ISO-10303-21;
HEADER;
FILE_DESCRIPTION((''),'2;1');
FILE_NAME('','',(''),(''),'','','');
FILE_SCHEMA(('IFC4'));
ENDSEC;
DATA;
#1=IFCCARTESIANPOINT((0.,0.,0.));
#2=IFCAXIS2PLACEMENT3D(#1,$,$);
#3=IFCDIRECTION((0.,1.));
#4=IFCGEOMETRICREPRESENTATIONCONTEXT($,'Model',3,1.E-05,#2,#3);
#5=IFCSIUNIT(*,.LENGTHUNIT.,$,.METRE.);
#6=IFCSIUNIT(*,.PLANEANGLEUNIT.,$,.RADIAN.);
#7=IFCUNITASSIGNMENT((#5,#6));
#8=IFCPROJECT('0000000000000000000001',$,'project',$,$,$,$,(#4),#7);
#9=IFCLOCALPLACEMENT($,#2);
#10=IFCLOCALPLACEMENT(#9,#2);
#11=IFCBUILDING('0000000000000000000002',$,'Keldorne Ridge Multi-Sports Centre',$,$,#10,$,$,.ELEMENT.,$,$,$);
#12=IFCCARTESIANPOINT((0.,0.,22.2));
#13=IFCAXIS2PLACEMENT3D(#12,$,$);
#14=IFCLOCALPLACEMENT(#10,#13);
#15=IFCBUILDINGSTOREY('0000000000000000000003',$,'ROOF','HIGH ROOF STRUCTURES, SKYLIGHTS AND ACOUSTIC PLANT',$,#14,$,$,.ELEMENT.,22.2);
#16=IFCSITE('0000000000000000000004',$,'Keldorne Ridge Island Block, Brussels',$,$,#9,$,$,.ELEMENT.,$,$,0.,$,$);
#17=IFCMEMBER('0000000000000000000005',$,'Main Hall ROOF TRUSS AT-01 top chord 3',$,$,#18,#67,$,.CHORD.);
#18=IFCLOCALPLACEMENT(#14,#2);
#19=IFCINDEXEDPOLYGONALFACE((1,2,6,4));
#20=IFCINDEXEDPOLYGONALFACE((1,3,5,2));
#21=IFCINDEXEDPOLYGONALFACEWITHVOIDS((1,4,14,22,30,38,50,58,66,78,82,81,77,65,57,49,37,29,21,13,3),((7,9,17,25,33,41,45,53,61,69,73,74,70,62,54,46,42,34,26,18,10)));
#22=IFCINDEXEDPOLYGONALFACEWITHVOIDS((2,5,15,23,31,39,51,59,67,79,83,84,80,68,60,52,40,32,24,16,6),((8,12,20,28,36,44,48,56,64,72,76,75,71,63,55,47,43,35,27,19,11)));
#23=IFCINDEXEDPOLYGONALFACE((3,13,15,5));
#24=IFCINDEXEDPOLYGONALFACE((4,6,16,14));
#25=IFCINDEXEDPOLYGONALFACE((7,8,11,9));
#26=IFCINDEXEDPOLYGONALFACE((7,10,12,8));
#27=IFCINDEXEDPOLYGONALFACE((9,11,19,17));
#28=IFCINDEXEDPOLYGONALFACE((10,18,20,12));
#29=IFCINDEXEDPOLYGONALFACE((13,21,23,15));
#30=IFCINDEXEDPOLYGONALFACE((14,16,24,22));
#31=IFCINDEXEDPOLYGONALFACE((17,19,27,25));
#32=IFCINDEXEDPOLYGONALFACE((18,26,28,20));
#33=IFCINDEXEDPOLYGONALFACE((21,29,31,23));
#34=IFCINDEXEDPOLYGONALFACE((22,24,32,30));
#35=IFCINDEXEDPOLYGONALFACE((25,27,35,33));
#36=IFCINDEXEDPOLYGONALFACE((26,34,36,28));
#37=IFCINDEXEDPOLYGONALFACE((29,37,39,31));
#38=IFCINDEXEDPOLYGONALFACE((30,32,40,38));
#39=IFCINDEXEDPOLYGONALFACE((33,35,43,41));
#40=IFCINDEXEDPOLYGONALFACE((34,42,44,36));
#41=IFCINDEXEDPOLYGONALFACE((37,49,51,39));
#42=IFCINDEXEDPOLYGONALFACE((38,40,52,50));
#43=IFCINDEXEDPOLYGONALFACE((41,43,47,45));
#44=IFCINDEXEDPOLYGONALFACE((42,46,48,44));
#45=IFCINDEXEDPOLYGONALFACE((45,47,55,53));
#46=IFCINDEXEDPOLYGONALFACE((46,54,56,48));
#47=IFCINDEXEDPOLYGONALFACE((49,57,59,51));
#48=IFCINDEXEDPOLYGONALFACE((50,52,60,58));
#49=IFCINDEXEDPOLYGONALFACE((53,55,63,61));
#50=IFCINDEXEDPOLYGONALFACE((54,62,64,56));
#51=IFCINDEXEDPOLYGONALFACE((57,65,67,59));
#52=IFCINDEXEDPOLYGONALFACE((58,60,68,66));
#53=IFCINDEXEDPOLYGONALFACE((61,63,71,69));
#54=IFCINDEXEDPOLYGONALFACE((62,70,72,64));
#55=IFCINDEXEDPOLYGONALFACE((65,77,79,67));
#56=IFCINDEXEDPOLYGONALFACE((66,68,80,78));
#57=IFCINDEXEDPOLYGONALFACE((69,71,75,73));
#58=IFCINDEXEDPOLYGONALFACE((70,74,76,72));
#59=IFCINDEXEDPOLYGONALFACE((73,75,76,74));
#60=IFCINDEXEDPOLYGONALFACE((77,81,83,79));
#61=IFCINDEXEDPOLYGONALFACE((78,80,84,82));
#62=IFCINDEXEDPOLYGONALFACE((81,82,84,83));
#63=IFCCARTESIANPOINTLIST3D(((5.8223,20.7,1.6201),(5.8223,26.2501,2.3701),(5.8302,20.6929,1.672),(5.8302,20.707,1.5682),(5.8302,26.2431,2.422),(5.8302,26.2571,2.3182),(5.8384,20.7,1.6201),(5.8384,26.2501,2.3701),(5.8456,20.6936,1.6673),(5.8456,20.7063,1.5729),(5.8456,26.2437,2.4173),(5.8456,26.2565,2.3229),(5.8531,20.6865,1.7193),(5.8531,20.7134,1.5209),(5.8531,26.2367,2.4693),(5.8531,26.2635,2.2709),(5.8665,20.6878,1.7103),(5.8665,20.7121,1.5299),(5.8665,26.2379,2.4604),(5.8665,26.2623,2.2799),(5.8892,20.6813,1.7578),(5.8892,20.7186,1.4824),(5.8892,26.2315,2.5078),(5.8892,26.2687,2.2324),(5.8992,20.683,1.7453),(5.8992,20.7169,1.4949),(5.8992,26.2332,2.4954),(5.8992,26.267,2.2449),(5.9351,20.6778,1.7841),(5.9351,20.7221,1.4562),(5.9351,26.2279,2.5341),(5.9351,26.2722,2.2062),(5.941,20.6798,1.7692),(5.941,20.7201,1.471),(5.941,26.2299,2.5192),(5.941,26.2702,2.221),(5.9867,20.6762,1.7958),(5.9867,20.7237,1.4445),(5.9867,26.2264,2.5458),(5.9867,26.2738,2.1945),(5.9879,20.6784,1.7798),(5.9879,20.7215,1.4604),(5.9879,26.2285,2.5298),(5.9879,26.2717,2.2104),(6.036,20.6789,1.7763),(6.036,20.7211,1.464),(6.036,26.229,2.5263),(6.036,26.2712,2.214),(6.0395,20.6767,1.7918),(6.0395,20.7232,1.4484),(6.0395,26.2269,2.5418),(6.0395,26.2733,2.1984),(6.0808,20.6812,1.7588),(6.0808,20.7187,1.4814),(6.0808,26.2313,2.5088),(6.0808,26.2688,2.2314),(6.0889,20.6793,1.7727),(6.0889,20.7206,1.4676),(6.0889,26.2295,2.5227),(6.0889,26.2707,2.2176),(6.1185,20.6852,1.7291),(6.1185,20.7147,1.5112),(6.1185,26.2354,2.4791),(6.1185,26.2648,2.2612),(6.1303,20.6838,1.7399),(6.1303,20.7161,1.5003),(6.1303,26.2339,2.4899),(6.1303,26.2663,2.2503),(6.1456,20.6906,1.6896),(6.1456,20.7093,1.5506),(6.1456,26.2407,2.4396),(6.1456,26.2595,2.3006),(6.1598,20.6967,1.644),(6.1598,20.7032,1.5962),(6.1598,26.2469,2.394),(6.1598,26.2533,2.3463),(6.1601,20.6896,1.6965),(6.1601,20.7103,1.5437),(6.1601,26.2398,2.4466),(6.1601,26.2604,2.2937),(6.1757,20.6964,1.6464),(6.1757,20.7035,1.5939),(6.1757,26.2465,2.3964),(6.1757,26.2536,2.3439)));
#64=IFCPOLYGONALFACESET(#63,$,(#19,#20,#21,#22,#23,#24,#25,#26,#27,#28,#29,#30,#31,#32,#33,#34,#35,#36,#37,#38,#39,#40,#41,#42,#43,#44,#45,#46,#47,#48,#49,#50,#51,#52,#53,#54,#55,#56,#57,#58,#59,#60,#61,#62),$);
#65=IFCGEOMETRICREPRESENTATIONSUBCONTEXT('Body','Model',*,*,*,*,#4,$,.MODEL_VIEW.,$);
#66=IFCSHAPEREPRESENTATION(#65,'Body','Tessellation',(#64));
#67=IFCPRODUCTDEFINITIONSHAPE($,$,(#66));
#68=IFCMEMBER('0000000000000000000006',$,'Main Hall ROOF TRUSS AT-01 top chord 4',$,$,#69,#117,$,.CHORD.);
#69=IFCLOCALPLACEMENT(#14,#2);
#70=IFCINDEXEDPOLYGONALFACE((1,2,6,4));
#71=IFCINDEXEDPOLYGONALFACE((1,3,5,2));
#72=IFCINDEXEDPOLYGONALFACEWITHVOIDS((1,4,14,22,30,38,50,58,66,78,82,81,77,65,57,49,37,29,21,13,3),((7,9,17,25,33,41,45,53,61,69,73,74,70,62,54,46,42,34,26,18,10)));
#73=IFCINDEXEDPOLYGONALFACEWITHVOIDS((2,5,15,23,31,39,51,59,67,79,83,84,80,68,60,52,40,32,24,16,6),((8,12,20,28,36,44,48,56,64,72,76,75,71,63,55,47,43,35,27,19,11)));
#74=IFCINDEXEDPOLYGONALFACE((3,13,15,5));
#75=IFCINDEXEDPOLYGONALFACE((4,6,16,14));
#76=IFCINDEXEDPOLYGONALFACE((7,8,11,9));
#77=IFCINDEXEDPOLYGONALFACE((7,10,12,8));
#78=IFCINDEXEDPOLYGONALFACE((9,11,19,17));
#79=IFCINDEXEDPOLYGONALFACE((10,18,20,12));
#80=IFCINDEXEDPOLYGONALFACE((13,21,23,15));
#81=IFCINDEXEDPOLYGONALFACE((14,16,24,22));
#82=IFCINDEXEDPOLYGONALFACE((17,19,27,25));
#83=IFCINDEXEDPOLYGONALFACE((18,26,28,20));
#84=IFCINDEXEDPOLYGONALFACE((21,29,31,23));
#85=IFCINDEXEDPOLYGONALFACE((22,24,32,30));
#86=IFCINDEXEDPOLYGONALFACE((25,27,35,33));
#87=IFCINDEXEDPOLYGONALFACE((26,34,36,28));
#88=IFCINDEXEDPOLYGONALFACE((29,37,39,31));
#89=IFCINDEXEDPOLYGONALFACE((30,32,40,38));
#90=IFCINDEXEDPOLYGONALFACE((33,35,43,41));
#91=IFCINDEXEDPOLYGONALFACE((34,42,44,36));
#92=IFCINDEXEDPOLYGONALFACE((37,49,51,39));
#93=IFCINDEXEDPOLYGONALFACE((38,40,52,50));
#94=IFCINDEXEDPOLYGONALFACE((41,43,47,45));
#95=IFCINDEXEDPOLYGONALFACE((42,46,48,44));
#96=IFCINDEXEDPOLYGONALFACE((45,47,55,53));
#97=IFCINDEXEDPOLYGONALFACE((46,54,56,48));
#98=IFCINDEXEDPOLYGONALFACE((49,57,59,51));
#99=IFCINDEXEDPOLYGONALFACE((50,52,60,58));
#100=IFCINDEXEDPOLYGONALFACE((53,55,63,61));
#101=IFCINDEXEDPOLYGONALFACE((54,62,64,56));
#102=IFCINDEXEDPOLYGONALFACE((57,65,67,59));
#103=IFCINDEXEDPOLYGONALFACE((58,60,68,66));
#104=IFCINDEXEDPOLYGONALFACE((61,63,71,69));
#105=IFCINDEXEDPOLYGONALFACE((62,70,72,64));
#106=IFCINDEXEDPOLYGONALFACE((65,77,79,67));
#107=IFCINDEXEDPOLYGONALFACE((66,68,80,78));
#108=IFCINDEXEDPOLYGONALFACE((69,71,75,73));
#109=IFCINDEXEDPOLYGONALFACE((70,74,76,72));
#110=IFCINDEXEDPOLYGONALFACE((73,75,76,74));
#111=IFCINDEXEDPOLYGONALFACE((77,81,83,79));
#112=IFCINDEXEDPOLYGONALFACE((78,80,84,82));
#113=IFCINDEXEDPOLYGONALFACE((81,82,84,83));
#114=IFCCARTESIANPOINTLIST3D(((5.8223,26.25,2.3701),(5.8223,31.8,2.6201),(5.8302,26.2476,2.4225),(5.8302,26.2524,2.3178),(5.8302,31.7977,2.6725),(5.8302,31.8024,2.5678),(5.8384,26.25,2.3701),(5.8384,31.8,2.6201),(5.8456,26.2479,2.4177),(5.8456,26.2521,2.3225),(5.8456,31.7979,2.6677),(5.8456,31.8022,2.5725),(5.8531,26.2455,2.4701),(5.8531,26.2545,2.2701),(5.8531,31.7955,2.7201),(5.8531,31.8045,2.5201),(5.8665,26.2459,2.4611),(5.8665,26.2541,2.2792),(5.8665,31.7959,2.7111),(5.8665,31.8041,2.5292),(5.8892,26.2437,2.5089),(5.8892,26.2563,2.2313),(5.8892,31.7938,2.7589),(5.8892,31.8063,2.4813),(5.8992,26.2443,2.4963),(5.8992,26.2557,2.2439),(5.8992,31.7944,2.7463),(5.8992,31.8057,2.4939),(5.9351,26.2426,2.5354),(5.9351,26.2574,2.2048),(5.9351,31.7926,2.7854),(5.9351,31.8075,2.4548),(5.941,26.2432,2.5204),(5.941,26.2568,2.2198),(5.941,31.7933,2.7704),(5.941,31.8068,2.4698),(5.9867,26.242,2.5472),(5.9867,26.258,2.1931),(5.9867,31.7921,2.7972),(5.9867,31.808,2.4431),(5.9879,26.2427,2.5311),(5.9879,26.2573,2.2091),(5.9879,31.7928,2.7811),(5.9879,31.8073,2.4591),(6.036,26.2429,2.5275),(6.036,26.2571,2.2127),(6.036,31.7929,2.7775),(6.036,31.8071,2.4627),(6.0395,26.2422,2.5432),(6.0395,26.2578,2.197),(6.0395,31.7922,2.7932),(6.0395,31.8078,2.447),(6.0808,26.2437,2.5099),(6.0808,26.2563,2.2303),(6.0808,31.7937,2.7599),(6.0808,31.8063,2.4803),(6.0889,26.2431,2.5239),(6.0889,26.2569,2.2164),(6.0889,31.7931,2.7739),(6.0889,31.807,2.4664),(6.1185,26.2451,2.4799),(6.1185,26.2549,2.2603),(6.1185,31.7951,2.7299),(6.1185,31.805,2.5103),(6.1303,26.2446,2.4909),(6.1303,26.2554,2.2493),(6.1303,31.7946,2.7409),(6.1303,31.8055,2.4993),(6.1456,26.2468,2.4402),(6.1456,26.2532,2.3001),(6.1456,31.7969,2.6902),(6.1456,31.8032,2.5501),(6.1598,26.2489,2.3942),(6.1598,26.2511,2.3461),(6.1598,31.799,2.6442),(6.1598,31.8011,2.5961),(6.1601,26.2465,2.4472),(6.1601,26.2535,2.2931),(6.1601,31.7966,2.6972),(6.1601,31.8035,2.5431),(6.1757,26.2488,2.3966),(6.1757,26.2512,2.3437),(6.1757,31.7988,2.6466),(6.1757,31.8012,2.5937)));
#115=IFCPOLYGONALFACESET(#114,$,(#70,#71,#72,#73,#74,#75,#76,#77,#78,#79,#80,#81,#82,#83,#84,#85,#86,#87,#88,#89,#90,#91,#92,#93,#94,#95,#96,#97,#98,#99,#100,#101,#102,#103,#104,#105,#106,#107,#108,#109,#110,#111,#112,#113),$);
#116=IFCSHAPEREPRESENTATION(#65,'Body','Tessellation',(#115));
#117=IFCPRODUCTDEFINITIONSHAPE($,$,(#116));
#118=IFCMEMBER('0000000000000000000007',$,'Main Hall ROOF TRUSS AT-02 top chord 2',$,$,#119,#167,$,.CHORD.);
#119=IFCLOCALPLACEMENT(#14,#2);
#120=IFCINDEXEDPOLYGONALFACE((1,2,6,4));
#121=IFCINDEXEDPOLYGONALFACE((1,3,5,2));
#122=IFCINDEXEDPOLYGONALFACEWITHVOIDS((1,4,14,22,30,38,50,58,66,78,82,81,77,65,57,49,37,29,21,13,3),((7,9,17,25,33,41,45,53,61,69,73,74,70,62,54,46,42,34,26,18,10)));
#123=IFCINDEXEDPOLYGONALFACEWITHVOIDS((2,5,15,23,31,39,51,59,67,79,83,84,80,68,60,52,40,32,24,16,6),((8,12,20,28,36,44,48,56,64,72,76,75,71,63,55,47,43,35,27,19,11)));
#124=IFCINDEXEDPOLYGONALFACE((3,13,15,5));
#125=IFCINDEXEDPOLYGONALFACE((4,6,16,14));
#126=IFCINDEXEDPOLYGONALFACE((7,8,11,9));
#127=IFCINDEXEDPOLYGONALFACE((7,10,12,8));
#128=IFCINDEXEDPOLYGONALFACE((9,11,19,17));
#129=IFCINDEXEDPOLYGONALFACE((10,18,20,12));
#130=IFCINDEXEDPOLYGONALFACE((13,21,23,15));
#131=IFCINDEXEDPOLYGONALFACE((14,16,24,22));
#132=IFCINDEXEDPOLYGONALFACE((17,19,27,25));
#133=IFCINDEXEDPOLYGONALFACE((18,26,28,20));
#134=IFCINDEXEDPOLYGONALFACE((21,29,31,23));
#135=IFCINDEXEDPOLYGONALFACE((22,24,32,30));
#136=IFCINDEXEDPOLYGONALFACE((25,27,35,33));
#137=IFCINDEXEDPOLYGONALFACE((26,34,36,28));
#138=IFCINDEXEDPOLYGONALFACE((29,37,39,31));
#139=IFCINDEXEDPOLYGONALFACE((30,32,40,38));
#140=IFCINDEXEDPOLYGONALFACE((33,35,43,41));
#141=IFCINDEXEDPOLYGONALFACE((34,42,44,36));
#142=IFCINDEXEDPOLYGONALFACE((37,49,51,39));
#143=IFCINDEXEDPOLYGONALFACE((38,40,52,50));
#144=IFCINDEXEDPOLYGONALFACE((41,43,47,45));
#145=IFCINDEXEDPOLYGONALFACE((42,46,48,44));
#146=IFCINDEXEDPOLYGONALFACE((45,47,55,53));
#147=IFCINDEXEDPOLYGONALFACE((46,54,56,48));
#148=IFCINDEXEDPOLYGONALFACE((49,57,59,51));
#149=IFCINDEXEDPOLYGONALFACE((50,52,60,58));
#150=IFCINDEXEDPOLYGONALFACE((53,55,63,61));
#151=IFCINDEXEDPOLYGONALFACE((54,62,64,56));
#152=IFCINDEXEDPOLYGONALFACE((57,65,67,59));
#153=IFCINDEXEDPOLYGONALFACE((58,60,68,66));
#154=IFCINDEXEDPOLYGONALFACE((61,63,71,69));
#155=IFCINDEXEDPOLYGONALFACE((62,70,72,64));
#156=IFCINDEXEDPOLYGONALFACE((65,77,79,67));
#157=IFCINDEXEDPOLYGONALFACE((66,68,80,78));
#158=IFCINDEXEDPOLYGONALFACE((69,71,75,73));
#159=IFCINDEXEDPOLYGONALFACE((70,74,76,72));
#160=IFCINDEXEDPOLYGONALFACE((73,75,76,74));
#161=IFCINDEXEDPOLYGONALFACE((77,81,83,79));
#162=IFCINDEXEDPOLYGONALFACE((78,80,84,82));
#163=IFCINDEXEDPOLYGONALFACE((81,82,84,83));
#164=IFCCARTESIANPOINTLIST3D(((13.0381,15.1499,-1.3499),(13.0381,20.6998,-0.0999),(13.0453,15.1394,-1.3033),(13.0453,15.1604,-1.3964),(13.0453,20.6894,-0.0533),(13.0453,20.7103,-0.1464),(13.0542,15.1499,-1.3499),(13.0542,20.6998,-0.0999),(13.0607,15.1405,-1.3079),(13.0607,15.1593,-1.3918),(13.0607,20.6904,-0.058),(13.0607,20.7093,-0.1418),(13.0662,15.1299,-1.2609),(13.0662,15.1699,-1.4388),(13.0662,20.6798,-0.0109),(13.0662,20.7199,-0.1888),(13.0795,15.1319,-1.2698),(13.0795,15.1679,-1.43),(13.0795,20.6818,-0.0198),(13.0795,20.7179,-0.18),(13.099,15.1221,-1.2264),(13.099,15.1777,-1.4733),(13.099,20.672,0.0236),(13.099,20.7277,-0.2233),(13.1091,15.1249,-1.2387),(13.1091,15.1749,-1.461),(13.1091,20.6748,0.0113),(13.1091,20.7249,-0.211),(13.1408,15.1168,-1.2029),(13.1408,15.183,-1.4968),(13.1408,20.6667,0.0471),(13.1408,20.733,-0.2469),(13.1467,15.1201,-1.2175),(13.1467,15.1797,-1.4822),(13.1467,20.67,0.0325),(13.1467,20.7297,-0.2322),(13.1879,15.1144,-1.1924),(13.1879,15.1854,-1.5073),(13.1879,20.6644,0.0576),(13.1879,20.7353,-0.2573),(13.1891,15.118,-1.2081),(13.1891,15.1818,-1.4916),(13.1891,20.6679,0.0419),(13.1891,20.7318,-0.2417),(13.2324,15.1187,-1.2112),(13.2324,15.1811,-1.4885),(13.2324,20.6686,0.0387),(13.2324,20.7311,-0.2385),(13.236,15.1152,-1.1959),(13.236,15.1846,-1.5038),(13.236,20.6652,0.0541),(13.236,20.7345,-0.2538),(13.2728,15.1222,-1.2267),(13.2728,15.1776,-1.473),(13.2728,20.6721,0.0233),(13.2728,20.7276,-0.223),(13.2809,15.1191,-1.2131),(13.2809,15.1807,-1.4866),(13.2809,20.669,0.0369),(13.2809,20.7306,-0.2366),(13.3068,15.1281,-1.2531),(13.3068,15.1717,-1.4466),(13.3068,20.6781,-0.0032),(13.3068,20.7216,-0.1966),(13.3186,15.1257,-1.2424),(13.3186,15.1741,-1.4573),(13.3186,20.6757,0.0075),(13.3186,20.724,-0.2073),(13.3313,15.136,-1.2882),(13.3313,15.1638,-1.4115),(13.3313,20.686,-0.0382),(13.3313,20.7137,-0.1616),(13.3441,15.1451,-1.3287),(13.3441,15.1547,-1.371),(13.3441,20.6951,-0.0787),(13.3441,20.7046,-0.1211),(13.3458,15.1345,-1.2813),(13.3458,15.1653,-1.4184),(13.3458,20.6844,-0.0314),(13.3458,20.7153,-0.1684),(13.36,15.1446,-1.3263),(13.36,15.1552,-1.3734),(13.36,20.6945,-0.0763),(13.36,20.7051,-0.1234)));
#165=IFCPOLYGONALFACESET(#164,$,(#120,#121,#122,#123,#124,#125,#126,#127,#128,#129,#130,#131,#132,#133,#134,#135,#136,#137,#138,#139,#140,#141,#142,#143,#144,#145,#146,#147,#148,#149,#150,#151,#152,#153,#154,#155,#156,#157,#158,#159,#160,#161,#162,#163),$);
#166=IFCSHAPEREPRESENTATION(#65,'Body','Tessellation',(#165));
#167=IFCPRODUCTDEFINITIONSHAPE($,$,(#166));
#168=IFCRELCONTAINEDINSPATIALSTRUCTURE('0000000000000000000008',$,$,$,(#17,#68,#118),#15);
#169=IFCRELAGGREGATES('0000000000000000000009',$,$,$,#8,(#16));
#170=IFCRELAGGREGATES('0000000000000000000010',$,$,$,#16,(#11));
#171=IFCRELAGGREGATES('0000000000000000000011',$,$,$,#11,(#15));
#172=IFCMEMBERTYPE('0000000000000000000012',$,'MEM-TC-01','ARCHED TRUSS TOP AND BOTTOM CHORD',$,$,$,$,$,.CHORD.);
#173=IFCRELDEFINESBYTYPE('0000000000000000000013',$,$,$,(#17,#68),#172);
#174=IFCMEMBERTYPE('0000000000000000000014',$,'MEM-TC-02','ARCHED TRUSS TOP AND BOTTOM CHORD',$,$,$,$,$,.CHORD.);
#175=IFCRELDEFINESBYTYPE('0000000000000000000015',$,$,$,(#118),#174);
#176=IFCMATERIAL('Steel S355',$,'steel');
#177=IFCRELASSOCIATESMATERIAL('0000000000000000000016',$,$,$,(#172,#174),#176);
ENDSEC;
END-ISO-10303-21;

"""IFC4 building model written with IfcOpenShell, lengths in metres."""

from ifc_helpers import new_model, si_unit, direction, frame, origin, origin_2d, place, context, subcontext, project, spatial, hollow_circle, extrude, material, material_profile, profile_set, type_object, element, save


model = new_model("IFC4")

# Units and contexts
model_context = context("Model", 3, precision=1e-05, world=origin(), true_north=direction((0.0, 1.0)))
body_context = subcontext(model_context, "Body", "Model", "MODEL_VIEW")
ifc_project = project(units=[si_unit("LENGTHUNIT", "METRE"), si_unit("PLANEANGLEUNIT", "RADIAN")], contexts=[model_context])

# Site, building, storey
site_placement = place(None, origin())
site = spatial("IfcSite", under=ifc_project, at=site_placement, Name="Keldorne Ridge Island Block, Brussels", CompositionType="ELEMENT", RefElevation=0.0)
building_placement = place(site_placement, origin())
building = spatial("IfcBuilding", under=site, at=building_placement, Name="Keldorne Ridge Multi-Sports Centre", CompositionType="ELEMENT")
storey_placement = place(building_placement, frame((0.0, 0.0, 22.2)))
storey = spatial("IfcBuildingStorey", under=building, at=storey_placement, Name="ROOF", Description="HIGH ROOF STRUCTURES, SKYLIGHTS AND ACOUSTIC PLANT", CompositionType="ELEMENT", Elevation=22.2)

# Members
ifc_material = material(Name="Steel S355", Category="steel")
ifc_material_profile_1 = material_profile(ifc_material, hollow_circle(Radius=0.1777, WallThickness=0.0161, at=origin_2d()), Name="CHS 355.6x16")
ifc_profile_set_1 = profile_set([ifc_material_profile_1], Name="Steel S355")
member_type_1 = type_object("IfcMemberType", Name="MEM-TC-01", Description="ARCHED TRUSS TOP AND BOTTOM CHORD", PredefinedType="CHORD", material=ifc_profile_set_1)
member_1_placement = place(storey_placement, frame((6.0, 20.7, 1.6201), z_axis=(0.0, 0.990993, 0.133917), x_axis=(-1.0, 0.0, 0.0)))
element("IfcMember", 1, at=member_1_placement, inside=storey, type_object=member_type_1, Name="Main Hall ROOF TRUSS AT-01 top chord 3", PredefinedType="CHORD", context=body_context, shape_type="SweptSolid", body=[
    extrude(hollow_circle(Radius=0.1777, WallThickness=0.0161, at=origin_2d()), origin(), (0.0, 0.0, 1.0), 5.6006),
])
member_2_placement = place(storey_placement, frame((6.0, 26.25, 2.3701), z_axis=(0.0, 0.998987, 0.044999), x_axis=(-1.0, 0.0, 0.0)))
element("IfcMember", 2, at=member_2_placement, inside=storey, type_object=member_type_1, Name="Main Hall ROOF TRUSS AT-01 top chord 4", PredefinedType="CHORD", context=body_context, shape_type="SweptSolid", body=[
    extrude(hollow_circle(Radius=0.1777, WallThickness=0.0161, at=origin_2d()), origin(), (0.0, 0.0, 1.0), 5.5557),
])
ifc_material_profile_2 = material_profile(ifc_material, hollow_circle(Radius=0.1619, WallThickness=0.0161, at=origin_2d()), Name="CHS 323.9x16")
ifc_profile_set_2 = profile_set([ifc_material_profile_2], Name="Steel S355")
member_type_2 = type_object("IfcMemberType", Name="MEM-TC-02", Description="ARCHED TRUSS TOP AND BOTTOM CHORD", PredefinedType="CHORD", material=ifc_profile_set_2)
member_3_placement = place(storey_placement, frame((13.2, 15.1499, -1.3499), z_axis=(0.0, 0.975563, 0.219719), x_axis=(-1.0, 0.0, 0.0)))
element("IfcMember", 3, at=member_3_placement, inside=storey, type_object=member_type_2, Name="Main Hall ROOF TRUSS AT-02 top chord 2", PredefinedType="CHORD", context=body_context, shape_type="SweptSolid", body=[
    extrude(hollow_circle(Radius=0.1619, WallThickness=0.0161, at=origin_2d()), origin(), (0.0, 0.0, 1.0), 5.689),
])

save(model, "model.ifc")
